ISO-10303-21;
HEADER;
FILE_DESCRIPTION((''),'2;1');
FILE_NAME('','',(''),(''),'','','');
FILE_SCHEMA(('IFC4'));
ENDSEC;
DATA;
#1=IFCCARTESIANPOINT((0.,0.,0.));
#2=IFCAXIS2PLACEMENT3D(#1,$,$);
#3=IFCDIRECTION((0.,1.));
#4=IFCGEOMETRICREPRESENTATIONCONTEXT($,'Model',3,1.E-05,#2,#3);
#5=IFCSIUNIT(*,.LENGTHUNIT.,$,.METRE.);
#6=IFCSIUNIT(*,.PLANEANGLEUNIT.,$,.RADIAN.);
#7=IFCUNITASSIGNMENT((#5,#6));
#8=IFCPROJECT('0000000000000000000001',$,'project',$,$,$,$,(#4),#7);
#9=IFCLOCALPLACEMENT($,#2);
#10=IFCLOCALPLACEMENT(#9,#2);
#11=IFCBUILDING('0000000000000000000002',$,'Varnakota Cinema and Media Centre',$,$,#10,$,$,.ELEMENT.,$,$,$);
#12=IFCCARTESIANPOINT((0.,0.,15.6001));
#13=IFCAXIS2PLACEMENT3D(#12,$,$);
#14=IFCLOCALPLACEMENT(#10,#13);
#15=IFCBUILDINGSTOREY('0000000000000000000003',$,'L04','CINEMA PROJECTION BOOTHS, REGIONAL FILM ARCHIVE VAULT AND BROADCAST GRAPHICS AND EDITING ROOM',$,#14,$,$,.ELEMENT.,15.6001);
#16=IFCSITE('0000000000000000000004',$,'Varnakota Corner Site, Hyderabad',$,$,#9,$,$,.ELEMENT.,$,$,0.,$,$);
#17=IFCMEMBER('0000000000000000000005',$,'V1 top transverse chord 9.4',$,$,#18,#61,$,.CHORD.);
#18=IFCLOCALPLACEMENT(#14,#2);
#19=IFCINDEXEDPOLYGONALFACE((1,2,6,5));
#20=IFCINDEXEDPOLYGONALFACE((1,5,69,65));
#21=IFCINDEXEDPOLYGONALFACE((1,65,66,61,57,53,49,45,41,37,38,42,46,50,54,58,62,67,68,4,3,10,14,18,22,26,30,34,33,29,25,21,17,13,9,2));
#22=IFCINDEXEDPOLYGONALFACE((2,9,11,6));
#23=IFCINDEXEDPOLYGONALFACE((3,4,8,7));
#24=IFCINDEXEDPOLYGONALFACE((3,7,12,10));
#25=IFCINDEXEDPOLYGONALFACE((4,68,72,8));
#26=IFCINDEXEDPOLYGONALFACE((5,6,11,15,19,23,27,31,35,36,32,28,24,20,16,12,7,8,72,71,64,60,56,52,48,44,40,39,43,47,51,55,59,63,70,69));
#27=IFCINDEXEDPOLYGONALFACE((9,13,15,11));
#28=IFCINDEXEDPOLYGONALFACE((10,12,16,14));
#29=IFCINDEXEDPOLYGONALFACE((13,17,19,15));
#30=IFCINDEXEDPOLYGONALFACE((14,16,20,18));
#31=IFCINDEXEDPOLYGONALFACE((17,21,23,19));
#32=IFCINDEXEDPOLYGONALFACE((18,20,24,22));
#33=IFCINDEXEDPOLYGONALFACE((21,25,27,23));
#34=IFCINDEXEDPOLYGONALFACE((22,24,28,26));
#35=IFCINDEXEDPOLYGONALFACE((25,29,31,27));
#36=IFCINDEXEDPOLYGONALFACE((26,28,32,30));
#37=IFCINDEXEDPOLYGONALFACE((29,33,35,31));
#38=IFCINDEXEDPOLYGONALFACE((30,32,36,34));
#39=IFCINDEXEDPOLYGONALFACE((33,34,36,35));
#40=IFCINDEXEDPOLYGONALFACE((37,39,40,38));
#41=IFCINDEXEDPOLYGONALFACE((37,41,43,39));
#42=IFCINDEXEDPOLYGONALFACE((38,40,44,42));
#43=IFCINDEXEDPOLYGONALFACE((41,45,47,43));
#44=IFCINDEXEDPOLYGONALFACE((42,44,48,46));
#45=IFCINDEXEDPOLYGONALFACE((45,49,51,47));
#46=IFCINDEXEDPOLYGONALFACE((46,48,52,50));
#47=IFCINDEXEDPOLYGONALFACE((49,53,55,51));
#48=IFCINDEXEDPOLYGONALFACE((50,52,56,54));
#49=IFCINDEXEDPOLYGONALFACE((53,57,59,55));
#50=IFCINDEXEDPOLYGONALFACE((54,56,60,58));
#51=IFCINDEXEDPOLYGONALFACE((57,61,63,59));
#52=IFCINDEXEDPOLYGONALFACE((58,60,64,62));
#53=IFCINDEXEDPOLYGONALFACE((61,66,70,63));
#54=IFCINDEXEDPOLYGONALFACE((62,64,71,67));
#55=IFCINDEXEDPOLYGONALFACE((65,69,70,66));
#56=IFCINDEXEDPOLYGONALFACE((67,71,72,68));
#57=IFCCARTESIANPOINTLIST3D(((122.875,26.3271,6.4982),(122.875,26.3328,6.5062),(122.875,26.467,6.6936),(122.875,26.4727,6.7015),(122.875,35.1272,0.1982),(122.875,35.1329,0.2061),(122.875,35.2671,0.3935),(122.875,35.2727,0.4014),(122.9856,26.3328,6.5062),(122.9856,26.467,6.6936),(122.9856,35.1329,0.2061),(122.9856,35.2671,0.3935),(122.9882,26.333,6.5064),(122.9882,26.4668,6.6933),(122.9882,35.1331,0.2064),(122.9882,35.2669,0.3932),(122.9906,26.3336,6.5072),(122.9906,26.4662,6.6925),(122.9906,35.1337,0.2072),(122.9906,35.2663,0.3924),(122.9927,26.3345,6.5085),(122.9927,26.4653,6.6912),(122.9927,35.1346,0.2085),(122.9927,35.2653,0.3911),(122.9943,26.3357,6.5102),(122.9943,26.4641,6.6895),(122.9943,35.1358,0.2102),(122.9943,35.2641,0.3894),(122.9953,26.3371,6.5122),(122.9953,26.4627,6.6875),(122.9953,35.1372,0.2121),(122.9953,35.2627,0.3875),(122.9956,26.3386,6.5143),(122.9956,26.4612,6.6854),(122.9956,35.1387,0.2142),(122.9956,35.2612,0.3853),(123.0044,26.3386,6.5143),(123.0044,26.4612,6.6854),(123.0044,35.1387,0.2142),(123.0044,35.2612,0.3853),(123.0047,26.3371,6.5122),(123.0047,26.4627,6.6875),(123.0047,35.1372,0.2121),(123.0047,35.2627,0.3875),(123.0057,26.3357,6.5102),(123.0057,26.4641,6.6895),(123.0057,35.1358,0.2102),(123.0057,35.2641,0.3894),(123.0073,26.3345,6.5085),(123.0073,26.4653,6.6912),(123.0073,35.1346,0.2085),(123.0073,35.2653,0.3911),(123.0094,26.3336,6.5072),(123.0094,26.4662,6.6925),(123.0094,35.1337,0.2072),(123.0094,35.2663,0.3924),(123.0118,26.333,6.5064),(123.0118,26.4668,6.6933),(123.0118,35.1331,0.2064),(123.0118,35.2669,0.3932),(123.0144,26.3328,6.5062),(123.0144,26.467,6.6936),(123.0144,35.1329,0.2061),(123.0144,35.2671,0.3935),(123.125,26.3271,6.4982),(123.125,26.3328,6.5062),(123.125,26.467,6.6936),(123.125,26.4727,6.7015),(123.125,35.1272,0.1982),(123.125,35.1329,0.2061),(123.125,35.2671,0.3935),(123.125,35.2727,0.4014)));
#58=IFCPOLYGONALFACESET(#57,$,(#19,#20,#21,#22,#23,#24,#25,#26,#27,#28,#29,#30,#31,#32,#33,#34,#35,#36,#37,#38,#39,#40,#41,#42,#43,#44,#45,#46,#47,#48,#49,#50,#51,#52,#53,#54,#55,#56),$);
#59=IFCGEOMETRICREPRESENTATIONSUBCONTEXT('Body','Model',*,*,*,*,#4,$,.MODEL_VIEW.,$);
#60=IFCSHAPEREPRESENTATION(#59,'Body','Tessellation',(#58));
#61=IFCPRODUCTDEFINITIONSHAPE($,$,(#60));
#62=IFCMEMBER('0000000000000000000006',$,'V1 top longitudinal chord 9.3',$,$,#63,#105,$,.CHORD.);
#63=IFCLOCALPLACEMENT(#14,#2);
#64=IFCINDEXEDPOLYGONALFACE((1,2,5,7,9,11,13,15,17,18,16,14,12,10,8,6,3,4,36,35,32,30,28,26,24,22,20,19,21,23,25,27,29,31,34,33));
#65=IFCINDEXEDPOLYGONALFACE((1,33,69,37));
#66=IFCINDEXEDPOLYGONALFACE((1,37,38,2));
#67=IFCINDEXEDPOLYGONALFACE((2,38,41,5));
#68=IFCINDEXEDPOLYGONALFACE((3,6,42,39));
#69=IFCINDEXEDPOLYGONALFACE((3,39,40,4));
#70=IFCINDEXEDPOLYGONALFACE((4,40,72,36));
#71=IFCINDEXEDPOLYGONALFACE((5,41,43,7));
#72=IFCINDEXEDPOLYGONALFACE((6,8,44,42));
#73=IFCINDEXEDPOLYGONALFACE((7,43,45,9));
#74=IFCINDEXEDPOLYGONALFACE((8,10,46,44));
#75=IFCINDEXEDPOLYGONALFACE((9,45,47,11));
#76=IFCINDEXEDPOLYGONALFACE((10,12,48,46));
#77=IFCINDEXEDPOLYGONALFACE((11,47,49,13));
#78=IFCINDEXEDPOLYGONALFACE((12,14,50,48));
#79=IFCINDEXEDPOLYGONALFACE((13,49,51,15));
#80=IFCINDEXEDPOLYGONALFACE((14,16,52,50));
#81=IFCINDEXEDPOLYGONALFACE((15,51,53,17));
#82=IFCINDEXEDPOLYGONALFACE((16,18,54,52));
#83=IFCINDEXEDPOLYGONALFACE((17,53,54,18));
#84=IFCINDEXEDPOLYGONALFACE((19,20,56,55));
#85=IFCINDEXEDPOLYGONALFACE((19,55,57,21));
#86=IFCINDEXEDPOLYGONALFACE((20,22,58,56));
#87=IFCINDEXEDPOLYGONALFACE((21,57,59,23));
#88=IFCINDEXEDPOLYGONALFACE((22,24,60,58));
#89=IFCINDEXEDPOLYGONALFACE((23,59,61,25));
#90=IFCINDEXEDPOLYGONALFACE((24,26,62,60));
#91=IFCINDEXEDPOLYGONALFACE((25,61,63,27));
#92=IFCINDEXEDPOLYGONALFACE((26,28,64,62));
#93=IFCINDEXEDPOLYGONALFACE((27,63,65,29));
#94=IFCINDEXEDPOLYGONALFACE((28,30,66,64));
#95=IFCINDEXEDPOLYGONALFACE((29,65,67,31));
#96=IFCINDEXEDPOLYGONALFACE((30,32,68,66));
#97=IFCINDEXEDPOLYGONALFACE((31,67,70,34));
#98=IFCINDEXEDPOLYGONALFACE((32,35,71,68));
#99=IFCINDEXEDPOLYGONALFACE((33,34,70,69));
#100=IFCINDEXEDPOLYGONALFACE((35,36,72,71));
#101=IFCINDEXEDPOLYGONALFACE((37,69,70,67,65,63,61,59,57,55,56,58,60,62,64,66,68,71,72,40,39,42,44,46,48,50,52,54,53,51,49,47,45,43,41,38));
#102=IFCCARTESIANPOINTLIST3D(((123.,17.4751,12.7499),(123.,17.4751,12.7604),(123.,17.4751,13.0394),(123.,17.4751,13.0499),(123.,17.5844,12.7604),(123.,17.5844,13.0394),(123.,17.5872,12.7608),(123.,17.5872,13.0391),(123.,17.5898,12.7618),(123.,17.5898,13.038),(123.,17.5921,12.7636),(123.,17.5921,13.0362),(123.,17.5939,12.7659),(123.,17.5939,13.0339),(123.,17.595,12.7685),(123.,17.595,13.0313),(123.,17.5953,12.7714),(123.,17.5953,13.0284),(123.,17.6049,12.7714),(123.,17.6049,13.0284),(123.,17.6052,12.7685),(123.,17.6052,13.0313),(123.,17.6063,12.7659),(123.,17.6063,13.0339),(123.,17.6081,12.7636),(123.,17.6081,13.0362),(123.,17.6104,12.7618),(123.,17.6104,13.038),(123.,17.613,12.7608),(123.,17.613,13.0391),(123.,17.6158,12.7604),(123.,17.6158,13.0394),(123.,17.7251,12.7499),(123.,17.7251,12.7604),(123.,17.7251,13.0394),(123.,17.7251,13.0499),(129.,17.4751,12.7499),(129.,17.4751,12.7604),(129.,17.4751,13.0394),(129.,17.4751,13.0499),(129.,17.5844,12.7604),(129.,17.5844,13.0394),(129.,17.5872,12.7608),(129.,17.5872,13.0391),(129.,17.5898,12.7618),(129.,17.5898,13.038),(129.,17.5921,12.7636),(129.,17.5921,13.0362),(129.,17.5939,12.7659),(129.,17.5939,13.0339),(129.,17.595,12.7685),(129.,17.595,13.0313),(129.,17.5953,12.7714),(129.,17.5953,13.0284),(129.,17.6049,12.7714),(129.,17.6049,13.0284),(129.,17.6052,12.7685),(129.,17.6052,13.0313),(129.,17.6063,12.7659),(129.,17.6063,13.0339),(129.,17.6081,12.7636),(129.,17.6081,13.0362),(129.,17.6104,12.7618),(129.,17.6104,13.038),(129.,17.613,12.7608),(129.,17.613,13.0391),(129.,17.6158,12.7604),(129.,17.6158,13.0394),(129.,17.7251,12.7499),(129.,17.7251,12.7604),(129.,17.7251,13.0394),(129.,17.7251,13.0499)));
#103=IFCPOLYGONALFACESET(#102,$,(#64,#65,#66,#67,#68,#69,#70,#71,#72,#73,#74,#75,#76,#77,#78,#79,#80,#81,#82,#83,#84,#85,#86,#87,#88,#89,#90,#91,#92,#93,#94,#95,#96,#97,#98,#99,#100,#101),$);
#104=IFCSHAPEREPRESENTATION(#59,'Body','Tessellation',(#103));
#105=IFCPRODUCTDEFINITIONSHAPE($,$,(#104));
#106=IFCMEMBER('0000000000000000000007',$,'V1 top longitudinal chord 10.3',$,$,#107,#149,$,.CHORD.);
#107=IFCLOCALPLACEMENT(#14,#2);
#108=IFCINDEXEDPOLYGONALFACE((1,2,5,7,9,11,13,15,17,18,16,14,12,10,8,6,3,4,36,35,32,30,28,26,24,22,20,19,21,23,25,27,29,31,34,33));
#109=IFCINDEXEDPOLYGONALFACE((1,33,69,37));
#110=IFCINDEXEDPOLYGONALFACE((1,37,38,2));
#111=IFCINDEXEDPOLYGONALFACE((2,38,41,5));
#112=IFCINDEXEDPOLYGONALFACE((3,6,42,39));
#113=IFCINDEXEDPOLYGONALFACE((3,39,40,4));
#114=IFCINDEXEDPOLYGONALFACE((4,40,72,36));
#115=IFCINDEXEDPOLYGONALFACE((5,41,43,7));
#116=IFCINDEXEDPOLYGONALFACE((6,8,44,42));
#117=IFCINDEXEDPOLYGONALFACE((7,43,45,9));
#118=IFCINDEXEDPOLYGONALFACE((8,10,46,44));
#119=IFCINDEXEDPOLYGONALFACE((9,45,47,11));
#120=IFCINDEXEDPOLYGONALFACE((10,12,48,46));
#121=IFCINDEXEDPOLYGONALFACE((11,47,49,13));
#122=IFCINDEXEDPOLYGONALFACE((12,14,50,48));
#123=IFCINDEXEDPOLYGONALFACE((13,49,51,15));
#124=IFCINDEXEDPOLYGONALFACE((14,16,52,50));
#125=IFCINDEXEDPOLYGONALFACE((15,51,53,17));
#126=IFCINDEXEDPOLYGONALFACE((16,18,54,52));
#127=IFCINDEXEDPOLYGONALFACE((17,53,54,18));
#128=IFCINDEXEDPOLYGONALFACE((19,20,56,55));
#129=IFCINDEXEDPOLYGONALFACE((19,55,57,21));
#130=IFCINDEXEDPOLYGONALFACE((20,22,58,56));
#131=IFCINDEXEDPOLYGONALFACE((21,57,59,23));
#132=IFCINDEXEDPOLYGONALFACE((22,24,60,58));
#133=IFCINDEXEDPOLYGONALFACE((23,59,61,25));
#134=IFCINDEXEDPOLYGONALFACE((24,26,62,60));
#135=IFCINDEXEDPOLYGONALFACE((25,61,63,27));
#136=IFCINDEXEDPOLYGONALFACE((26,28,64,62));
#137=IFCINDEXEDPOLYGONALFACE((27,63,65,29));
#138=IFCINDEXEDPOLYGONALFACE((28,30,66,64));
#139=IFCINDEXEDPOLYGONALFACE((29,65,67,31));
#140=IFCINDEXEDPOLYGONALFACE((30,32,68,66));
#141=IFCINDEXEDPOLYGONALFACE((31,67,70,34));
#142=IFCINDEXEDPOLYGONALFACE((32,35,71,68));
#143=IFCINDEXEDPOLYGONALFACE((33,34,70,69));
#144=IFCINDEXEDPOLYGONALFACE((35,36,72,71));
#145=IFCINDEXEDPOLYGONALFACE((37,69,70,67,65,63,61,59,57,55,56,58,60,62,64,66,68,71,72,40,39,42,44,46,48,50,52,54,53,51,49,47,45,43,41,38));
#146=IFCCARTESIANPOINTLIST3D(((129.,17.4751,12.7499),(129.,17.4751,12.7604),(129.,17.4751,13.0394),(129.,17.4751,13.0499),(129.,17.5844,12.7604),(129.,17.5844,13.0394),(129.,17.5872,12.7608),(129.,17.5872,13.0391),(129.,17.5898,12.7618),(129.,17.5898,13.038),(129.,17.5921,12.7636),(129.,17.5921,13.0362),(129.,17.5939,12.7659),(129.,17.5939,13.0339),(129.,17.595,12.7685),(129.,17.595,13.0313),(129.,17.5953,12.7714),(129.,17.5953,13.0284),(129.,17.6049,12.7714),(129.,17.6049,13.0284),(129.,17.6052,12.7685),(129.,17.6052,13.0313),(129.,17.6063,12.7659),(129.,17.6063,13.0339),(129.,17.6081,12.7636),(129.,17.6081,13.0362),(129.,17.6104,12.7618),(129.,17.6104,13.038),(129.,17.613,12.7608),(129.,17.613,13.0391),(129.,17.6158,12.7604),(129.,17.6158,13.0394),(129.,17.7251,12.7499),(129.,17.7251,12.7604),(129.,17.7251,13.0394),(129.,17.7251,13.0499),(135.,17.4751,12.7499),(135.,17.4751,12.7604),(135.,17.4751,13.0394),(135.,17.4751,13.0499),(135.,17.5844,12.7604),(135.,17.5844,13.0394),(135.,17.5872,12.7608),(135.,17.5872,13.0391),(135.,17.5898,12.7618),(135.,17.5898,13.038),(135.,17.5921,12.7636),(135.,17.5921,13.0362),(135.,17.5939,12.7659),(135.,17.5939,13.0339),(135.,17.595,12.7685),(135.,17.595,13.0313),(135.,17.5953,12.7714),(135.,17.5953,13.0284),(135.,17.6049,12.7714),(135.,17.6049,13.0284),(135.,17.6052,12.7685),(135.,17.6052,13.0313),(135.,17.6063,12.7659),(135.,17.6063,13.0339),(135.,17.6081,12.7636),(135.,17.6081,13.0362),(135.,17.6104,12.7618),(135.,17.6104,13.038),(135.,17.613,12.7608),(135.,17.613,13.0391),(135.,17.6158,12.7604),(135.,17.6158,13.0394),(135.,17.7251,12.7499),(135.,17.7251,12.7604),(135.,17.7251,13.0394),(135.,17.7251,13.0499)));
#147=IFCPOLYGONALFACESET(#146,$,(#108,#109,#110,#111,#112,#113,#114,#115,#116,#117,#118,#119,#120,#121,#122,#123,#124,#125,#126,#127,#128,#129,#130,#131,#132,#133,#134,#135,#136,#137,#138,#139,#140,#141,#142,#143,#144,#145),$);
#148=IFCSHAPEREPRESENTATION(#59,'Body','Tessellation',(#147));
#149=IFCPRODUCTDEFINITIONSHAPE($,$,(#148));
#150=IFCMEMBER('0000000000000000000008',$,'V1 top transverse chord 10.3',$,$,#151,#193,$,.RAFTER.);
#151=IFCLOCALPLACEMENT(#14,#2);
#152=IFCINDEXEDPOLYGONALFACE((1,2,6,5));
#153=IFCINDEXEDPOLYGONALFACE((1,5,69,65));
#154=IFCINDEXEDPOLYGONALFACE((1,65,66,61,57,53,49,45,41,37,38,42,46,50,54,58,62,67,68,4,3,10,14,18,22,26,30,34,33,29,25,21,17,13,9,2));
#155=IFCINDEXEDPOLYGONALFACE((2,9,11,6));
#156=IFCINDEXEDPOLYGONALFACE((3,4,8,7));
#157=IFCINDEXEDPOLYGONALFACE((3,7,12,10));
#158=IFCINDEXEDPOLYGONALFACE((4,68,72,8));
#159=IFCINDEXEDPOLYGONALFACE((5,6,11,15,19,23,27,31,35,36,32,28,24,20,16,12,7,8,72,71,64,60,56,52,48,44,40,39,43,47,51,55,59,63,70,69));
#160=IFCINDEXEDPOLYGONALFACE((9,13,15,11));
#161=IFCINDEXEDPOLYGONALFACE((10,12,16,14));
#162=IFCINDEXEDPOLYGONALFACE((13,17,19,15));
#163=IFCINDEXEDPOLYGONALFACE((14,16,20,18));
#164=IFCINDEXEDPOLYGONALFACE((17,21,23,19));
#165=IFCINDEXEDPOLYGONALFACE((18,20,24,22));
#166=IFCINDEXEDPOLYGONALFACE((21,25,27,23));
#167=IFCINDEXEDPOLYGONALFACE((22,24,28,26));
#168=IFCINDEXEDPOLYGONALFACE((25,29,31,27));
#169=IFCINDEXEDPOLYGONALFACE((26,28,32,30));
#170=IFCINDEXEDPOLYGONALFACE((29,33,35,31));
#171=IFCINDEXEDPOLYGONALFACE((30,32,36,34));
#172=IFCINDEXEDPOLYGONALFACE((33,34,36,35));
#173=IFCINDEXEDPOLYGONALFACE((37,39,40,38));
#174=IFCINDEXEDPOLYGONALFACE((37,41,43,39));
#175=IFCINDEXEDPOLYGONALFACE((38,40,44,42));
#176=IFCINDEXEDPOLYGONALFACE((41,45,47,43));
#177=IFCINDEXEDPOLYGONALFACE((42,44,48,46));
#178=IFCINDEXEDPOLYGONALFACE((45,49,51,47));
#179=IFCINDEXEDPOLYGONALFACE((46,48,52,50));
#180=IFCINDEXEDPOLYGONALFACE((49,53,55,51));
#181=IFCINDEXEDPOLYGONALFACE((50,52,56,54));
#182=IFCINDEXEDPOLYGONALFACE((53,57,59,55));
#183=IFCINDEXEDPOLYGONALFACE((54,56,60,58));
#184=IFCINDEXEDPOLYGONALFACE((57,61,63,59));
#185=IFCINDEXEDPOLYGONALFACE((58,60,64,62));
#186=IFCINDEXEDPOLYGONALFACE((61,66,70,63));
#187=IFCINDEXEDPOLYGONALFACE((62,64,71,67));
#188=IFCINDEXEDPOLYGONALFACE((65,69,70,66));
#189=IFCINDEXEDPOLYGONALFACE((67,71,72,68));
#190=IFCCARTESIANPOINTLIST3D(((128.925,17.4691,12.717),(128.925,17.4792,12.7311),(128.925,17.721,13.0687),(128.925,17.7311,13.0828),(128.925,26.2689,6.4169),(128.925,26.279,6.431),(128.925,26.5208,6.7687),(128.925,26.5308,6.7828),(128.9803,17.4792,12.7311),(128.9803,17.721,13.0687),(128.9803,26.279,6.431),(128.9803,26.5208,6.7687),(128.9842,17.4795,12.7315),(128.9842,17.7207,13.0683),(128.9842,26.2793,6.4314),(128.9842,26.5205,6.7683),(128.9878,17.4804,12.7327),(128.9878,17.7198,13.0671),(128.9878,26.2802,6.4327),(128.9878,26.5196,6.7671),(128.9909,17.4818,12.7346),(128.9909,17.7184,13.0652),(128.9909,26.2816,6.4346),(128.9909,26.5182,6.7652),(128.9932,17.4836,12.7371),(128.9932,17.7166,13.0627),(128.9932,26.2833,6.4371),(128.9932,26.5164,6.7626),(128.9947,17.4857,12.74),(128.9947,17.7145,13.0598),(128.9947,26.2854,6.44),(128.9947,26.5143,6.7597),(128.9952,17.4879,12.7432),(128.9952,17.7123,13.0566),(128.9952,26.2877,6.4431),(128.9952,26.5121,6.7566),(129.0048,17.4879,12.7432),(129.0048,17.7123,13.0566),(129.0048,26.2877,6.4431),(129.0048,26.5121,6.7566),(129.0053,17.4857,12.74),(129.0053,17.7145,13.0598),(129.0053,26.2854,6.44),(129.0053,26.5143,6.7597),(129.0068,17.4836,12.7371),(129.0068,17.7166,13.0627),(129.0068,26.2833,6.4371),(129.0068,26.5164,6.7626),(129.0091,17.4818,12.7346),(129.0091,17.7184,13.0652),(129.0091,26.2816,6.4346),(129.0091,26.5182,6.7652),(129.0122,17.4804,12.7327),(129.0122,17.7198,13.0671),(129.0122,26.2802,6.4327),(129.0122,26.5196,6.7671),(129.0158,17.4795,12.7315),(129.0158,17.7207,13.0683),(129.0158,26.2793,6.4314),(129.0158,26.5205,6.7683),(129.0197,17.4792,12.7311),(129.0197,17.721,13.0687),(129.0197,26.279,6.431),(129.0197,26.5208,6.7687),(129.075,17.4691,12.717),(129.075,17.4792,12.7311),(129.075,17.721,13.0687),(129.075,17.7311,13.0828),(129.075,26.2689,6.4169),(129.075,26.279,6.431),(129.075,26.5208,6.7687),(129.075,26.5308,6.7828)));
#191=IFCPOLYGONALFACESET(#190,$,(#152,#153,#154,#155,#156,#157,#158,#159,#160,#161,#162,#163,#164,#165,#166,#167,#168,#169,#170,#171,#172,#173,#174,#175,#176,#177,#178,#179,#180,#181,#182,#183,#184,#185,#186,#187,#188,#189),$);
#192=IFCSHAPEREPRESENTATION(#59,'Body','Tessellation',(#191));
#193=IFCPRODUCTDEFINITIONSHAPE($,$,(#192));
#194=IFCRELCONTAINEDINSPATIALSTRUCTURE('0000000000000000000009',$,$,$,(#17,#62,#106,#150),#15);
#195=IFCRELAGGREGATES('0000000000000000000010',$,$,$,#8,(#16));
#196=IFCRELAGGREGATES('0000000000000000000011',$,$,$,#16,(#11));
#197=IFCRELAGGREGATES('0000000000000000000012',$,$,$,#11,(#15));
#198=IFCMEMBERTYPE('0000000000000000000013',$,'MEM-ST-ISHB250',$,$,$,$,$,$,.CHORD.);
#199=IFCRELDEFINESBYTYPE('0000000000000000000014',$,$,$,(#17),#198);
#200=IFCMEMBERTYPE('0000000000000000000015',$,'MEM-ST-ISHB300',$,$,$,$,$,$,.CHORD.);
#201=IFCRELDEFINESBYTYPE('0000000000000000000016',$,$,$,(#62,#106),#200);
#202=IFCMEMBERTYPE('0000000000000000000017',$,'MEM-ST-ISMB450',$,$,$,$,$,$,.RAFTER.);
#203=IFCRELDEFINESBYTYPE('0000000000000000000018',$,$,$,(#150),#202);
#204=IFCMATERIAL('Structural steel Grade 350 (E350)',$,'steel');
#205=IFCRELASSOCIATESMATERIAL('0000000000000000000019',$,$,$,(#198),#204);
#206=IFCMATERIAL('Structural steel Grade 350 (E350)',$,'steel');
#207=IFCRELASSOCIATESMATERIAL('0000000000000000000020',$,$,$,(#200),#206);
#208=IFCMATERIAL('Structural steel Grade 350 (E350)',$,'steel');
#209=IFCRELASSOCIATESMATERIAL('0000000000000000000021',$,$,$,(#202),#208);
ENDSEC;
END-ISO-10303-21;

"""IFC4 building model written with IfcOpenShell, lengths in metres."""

from ifc_helpers import new_model, si_unit, direction, frame, origin, origin_2d, place, context, subcontext, project, spatial, i_section, extrude, material, material_profile, profile_set, type_object, element, save


model = new_model("IFC4")

# Units and contexts
model_context = context("Model", 3, precision=1e-05, world=origin(), true_north=direction((0.0, 1.0)))
body_context = subcontext(model_context, "Body", "Model", "MODEL_VIEW")
ifc_project = project(units=[si_unit("LENGTHUNIT", "METRE"), si_unit("PLANEANGLEUNIT", "RADIAN")], contexts=[model_context])

# Site, building, storey
site_placement = place(None, origin())
site = spatial("IfcSite", under=ifc_project, at=site_placement, Name="Varnakota Corner Site, Hyderabad", CompositionType="ELEMENT", RefElevation=0.0)
building_placement = place(site_placement, origin())
building = spatial("IfcBuilding", under=site, at=building_placement, Name="Varnakota Cinema and Media Centre", CompositionType="ELEMENT")
storey_placement = place(building_placement, frame((0.0, 0.0, 15.6001)))
storey = spatial("IfcBuildingStorey", under=building, at=storey_placement, Name="L04", Description="CINEMA PROJECTION BOOTHS, REGIONAL FILM ARCHIVE VAULT AND BROADCAST GRAPHICS AND EDITING ROOM", CompositionType="ELEMENT", Elevation=15.6001)

# Members
ifc_material_1 = material(Name="Structural steel Grade 350 (E350)", Category="steel")
ifc_material_profile_1 = material_profile(ifc_material_1, i_section(OverallWidth=0.25, OverallDepth=0.25, WebThickness=0.0088, FlangeThickness=0.0098, FilletRadius=0.01, at=origin_2d()), Name="ISHB 250")
ifc_profile_set_1 = profile_set([ifc_material_profile_1], Name="Structural steel Grade 350 (E350)")
member_type_1 = type_object("IfcMemberType", Name="MEM-ST-ISHB250", PredefinedType="CHORD", material=ifc_profile_set_1)
member_1_placement = place(storey_placement, frame((123.0, 26.3999, 6.5999), z_axis=(0.0, 0.813108, -0.582113), x_axis=(-1.0, 0.0, 0.0)))
element("IfcMember", 1, at=member_1_placement, inside=storey, type_object=member_type_1, Name="V1 top transverse chord 9.4", PredefinedType="CHORD", context=body_context, shape_type="SweptSolid", body=[
    extrude(i_section(OverallWidth=0.25, OverallDepth=0.25, WebThickness=0.0088, FlangeThickness=0.0098, FilletRadius=0.01, at=origin_2d()), origin(), (0.0, 0.0, 1.0), 10.8228),
])
ifc_material_2 = material(Name="Structural steel Grade 350 (E350)", Category="steel")
ifc_material_profile_2 = material_profile(ifc_material_2, i_section(OverallWidth=0.25, OverallDepth=0.3, WebThickness=0.0095, FlangeThickness=0.0105, FilletRadius=0.011, at=origin_2d()), Name="ISHB 300")
ifc_profile_set_2 = profile_set([ifc_material_profile_2], Name="Structural steel Grade 350 (E350)")
member_type_2 = type_object("IfcMemberType", Name="MEM-ST-ISHB300", PredefinedType="CHORD", material=ifc_profile_set_2)
for number, where, z_axis, x_axis, name in (
    (2, (123.0, 17.6001, 12.8999), (1.0, 0.0, 0.0), (0.0, 1.0, 0.0), "V1 top longitudinal chord 9.3"),
    (3, (129.0, 17.6001, 12.8999), (1.0, 0.0, 0.0), (0.0, 1.0, 0.0), "V1 top longitudinal chord 10.3"),
):
    element("IfcMember", number, at=place(storey_placement, frame(where, z_axis=z_axis, x_axis=x_axis)), inside=storey, type_object=member_type_2, Name=name, PredefinedType="CHORD", context=body_context, shape_type="SweptSolid", body=[
        extrude(i_section(OverallWidth=0.25, OverallDepth=0.3, WebThickness=0.0095, FlangeThickness=0.0105, FilletRadius=0.011, at=origin_2d()), origin(), (0.0, 0.0, 1.0), 6.0),
    ])
ifc_material_3 = material(Name="Structural steel Grade 350 (E350)", Category="steel")
ifc_material_profile_3 = material_profile(ifc_material_3, i_section(OverallWidth=0.1499, OverallDepth=0.45, WebThickness=0.0095, FlangeThickness=0.0173, FilletRadius=0.0149, at=origin_2d()), Name="ISMB 450")
ifc_profile_set_3 = profile_set([ifc_material_profile_3], Name="Structural steel Grade 350 (E350)")
member_type_3 = type_object("IfcMemberType", Name="MEM-ST-ISMB450", PredefinedType="RAFTER", material=ifc_profile_set_3)
member_2_placement = place(storey_placement, frame((129.0, 17.6001, 12.8999), z_axis=(0.0, 0.8131, -0.582123), x_axis=(-1.0, 0.0, 0.0)))
element("IfcMember", 4, at=member_2_placement, inside=storey, type_object=member_type_3, Name="V1 top transverse chord 10.3", PredefinedType="RAFTER", context=body_context, shape_type="SweptSolid", body=[
    extrude(i_section(OverallWidth=0.1499, OverallDepth=0.45, WebThickness=0.0095, FlangeThickness=0.0173, FilletRadius=0.0149, at=origin_2d()), origin(), (0.0, 0.0, 1.0), 10.8225),
])

save(model, "model.ifc")
